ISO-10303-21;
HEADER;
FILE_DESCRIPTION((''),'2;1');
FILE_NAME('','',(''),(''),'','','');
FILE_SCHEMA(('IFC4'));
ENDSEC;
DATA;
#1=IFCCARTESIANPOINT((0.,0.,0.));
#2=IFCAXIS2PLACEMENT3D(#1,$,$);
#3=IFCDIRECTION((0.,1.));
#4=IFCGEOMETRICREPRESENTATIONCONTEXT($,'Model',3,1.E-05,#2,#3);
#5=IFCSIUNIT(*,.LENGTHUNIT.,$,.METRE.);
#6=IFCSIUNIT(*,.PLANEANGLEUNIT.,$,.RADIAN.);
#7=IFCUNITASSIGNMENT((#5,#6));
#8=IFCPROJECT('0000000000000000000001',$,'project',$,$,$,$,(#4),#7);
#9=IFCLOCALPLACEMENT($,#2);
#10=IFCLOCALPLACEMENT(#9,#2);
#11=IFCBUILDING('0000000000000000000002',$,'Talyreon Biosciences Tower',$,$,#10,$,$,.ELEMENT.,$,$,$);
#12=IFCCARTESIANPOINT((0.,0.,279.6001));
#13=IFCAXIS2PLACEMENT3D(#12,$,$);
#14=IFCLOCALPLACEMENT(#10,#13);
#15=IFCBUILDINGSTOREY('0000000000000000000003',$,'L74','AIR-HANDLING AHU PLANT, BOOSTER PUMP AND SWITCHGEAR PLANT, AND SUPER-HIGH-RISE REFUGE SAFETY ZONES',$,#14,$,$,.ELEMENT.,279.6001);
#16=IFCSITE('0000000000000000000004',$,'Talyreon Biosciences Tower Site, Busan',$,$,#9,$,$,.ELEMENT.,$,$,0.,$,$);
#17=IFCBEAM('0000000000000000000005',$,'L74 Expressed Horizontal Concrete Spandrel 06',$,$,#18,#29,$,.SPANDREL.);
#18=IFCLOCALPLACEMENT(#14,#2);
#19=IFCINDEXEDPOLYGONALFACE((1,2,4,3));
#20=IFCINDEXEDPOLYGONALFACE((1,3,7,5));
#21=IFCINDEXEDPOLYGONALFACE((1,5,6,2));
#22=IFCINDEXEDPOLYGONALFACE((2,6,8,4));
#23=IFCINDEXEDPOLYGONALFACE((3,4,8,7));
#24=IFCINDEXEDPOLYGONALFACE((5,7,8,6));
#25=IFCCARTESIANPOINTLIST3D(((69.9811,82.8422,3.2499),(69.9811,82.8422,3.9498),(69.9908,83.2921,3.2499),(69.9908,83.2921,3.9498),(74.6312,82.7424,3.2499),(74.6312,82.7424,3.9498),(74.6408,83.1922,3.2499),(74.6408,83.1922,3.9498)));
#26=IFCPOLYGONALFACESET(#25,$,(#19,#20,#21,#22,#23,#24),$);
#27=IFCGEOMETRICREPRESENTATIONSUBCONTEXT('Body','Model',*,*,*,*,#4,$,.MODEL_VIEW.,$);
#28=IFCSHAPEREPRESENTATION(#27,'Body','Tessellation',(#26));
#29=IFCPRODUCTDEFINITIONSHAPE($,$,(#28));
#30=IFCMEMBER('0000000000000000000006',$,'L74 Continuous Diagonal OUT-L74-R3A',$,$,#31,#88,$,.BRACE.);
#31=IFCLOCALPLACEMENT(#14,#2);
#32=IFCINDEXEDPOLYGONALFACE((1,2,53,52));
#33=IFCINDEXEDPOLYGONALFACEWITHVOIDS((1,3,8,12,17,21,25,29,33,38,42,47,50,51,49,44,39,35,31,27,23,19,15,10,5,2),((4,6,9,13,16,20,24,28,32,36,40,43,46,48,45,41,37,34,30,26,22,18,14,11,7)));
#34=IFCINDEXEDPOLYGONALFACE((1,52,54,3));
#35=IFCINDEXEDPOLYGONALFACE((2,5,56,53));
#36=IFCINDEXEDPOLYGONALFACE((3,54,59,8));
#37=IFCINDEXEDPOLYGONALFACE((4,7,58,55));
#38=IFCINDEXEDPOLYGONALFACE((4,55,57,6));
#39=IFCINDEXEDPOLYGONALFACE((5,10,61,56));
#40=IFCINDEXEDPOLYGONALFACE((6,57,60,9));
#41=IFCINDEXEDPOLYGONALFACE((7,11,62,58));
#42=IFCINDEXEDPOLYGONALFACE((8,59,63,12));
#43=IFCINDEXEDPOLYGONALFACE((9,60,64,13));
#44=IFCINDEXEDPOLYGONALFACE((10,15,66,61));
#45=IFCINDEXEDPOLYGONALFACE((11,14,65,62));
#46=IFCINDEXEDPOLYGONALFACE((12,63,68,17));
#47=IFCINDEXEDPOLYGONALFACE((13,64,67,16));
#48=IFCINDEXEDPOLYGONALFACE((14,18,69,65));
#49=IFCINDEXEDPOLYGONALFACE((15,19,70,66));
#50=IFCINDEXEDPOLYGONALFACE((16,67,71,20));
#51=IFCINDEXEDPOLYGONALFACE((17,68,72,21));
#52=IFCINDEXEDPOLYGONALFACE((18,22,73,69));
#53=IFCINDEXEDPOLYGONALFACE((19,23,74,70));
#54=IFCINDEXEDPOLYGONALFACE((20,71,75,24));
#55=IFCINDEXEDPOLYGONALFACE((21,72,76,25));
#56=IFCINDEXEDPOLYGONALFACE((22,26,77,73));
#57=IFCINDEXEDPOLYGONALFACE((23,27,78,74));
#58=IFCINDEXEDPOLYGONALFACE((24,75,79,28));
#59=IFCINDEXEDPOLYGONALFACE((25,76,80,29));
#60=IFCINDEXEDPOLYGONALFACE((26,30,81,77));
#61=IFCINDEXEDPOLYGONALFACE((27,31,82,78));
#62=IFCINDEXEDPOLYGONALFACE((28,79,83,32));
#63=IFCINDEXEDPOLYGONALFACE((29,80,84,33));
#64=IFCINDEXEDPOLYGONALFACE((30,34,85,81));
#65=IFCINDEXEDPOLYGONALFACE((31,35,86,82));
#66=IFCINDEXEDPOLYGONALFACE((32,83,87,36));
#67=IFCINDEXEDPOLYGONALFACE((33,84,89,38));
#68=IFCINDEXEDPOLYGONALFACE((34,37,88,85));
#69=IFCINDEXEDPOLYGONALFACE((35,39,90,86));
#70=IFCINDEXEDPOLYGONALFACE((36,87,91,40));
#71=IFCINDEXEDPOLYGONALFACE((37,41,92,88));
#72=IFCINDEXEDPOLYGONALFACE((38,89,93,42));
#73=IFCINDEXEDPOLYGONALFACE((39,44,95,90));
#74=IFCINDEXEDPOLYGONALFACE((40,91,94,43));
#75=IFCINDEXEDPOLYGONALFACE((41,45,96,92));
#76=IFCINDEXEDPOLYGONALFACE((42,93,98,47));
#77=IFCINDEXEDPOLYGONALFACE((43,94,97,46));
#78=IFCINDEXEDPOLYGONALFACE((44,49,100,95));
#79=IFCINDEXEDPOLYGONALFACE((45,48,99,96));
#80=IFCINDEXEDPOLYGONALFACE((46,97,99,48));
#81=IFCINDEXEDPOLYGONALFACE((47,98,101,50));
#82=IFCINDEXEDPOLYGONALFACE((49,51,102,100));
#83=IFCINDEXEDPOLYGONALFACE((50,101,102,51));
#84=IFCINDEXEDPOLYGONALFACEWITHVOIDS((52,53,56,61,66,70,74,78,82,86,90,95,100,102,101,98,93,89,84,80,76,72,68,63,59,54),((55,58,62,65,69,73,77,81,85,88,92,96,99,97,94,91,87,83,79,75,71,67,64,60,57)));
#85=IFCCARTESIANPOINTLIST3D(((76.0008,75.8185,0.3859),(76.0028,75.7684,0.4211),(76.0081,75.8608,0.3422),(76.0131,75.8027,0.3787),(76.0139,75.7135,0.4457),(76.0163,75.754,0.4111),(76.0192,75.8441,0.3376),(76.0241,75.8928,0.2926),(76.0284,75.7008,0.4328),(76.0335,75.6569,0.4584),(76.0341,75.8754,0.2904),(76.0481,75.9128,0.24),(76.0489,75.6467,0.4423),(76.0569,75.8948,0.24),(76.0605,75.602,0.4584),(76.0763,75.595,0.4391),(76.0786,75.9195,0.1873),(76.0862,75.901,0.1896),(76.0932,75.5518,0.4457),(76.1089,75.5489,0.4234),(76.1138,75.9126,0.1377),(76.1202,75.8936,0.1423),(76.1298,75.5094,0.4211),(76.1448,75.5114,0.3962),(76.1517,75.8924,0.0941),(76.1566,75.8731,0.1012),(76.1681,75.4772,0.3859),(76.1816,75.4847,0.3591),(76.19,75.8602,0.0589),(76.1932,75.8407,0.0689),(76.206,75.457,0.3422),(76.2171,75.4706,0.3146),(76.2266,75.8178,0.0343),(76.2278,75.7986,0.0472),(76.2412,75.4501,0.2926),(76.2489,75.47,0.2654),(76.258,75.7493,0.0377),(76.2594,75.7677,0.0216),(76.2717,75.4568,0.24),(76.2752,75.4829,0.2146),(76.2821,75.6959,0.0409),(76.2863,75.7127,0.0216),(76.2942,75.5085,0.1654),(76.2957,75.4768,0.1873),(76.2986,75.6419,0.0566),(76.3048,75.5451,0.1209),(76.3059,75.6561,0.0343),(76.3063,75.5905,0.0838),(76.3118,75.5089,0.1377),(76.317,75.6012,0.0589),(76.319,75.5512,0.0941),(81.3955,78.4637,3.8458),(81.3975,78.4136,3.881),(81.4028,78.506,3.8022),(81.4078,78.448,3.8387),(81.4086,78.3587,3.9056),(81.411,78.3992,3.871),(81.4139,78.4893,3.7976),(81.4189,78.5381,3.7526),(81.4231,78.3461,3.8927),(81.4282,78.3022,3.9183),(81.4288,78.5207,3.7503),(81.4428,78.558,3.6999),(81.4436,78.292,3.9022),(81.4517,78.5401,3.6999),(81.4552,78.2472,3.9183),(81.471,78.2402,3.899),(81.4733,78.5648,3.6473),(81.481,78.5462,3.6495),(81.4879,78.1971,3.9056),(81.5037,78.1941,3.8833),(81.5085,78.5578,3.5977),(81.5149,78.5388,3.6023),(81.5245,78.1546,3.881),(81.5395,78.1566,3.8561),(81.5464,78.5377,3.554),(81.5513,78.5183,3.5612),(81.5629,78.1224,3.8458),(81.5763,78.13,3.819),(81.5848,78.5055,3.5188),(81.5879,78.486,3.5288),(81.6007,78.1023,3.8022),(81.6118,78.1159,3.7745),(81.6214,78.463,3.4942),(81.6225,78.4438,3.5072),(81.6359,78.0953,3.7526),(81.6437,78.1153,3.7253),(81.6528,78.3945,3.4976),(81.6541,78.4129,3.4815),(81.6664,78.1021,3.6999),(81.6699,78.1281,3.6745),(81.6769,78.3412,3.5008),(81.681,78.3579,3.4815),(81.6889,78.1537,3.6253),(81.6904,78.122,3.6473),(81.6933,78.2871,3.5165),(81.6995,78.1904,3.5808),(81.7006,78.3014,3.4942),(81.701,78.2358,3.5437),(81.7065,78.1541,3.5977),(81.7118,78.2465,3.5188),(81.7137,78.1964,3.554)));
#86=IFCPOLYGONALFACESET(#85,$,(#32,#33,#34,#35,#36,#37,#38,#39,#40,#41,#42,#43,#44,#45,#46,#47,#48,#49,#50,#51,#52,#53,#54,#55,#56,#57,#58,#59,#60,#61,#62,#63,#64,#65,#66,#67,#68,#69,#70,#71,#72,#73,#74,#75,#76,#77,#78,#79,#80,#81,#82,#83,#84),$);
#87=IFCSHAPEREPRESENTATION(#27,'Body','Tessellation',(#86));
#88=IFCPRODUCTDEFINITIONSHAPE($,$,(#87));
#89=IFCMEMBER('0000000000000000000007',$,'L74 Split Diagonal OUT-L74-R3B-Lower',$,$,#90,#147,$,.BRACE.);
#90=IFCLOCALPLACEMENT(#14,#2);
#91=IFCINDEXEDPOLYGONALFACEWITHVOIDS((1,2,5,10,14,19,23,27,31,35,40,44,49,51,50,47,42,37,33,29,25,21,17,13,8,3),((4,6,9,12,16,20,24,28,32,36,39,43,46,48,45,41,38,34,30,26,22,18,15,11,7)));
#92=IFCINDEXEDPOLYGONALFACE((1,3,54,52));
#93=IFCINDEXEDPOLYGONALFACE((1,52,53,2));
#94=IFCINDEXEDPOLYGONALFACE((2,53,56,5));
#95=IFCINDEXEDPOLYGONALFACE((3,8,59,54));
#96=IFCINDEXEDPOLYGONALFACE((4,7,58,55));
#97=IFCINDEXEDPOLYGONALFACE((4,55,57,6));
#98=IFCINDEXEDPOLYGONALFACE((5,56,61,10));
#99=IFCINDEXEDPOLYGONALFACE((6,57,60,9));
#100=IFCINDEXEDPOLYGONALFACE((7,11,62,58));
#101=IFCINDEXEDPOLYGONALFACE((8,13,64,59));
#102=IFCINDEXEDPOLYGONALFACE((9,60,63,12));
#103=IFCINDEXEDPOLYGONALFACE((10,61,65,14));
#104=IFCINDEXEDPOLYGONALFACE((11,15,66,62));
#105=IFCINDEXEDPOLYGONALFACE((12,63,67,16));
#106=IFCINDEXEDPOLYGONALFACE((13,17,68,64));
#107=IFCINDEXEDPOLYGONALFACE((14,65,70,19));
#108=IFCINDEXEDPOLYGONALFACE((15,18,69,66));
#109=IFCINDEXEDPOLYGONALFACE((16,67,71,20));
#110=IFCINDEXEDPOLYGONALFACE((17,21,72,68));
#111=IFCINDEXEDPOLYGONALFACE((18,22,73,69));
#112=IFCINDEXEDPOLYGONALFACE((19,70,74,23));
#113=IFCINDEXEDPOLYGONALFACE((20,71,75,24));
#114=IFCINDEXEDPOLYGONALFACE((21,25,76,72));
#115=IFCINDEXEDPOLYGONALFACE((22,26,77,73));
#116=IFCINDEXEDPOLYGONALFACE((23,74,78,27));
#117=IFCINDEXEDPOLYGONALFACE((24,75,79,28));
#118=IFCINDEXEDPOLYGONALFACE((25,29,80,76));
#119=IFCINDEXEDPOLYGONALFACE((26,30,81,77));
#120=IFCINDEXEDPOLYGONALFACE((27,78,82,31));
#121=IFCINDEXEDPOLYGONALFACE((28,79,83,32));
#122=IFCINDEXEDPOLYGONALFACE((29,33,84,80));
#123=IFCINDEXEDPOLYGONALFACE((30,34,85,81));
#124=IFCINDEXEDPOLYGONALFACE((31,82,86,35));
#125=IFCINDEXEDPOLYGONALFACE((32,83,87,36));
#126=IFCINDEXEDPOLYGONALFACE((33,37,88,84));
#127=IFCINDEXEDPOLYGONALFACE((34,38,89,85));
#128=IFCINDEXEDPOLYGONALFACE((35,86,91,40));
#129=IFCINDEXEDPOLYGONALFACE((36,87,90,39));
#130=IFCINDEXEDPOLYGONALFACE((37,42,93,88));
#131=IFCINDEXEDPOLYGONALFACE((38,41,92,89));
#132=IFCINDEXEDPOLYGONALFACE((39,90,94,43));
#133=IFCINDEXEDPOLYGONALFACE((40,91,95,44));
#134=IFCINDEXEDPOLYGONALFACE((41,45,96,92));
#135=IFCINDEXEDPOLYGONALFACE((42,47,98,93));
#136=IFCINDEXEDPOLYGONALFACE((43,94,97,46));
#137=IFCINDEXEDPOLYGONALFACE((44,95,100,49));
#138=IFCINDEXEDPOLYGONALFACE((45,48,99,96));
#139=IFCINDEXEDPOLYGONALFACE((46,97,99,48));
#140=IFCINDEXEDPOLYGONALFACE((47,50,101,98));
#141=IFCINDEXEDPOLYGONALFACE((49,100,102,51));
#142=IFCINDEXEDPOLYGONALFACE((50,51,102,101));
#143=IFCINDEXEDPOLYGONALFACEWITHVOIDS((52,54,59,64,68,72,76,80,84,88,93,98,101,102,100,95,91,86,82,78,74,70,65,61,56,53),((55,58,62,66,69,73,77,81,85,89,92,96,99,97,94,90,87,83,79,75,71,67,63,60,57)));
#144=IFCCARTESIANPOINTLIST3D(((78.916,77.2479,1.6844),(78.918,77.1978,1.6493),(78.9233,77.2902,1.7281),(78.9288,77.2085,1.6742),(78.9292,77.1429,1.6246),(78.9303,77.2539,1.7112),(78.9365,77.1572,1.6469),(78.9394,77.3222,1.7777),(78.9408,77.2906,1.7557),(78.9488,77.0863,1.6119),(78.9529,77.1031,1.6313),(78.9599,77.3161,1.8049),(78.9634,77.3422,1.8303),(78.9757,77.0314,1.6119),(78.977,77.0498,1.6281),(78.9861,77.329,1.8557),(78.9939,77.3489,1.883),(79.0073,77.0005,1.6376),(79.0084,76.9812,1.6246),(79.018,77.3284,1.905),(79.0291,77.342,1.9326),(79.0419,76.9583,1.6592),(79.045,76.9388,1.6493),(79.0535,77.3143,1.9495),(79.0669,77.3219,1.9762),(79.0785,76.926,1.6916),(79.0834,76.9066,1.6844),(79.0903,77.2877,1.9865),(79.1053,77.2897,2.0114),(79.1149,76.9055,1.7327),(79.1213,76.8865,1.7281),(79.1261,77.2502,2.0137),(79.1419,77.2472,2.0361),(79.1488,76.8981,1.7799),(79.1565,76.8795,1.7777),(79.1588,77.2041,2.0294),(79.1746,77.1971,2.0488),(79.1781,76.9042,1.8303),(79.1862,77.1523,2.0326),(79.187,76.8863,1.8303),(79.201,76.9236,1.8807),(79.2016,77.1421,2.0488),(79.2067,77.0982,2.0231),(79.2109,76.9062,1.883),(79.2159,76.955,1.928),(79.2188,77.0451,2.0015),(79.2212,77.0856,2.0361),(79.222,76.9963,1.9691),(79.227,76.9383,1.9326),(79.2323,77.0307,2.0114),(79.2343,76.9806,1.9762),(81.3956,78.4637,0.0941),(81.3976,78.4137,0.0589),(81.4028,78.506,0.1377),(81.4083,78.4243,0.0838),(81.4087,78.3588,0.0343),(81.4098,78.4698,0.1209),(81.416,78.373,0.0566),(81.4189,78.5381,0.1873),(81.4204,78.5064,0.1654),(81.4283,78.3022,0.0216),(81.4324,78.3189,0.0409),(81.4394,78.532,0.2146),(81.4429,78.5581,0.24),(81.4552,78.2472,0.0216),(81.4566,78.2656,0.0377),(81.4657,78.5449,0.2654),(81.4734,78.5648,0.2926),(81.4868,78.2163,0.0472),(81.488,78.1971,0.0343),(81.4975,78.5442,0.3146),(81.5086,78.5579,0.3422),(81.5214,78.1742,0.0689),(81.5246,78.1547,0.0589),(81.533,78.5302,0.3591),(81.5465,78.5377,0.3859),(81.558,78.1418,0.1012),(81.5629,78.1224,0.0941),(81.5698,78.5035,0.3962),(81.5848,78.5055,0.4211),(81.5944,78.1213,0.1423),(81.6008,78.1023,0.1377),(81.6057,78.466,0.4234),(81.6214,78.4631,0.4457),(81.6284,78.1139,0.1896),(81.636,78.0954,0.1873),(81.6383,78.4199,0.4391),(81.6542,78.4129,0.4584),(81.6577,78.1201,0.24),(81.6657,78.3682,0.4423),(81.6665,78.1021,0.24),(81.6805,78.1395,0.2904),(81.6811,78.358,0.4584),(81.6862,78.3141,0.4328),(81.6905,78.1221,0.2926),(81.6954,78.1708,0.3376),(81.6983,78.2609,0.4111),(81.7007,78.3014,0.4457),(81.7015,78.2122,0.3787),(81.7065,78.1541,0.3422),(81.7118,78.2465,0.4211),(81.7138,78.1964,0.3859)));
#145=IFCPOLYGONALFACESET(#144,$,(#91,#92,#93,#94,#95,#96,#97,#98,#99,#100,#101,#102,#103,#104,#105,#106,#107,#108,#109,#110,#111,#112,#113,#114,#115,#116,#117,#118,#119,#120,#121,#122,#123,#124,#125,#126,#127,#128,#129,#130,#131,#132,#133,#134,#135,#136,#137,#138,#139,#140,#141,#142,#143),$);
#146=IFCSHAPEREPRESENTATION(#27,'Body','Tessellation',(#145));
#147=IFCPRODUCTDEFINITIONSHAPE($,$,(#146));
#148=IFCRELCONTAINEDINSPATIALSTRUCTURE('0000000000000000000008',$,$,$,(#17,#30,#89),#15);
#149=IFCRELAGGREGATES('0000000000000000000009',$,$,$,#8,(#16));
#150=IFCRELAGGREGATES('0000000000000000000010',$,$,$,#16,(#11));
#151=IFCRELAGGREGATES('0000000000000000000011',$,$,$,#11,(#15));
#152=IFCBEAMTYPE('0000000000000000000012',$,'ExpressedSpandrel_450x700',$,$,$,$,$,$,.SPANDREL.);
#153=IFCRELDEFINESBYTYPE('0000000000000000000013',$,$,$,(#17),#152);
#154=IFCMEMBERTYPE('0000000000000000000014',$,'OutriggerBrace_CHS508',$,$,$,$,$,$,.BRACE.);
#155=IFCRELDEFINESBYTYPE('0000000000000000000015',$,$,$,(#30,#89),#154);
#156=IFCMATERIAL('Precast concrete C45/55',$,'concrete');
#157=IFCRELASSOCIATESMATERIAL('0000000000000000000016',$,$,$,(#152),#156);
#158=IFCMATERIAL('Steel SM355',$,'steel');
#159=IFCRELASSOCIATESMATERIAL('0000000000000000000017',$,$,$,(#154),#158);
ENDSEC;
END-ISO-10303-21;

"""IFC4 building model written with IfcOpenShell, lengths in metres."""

from ifc_helpers import new_model, si_unit, direction, frame, origin, origin_2d, place, context, subcontext, project, spatial, rectangle, hollow_circle, extrude, material, material_profile, profile_set, type_object, element, save


model = new_model("IFC4")

# Units and contexts
model_context = context("Model", 3, precision=1e-05, world=origin(), true_north=direction((0.0, 1.0)))
body_context = subcontext(model_context, "Body", "Model", "MODEL_VIEW")
ifc_project = project(units=[si_unit("LENGTHUNIT", "METRE"), si_unit("PLANEANGLEUNIT", "RADIAN")], contexts=[model_context])

# Site, building, storey
site_placement = place(None, origin())
site = spatial("IfcSite", under=ifc_project, at=site_placement, Name="Talyreon Biosciences Tower Site, Busan", CompositionType="ELEMENT", RefElevation=0.0)
building_placement = place(site_placement, origin())
building = spatial("IfcBuilding", under=site, at=building_placement, Name="Talyreon Biosciences Tower", CompositionType="ELEMENT")
storey_placement = place(building_placement, frame((0.0, 0.0, 279.6001)))
storey = spatial("IfcBuildingStorey", under=building, at=storey_placement, Name="L74", Description="AIR-HANDLING AHU PLANT, BOOSTER PUMP AND SWITCHGEAR PLANT, AND SUPER-HIGH-RISE REFUGE SAFETY ZONES", CompositionType="ELEMENT", Elevation=279.6001)

# Shared definitions
ifc_material_1 = material(Name="Steel SM355", Category="steel")

# Beam
ifc_material_2 = material(Name="Precast concrete C45/55", Category="concrete")
ifc_material_profile_1 = material_profile(ifc_material_2, rectangle(XDim=0.45, YDim=0.7, at=origin_2d()), Name="RCB 450x700")
ifc_profile_set_1 = profile_set([ifc_material_profile_1], Name="Precast concrete C45/55")
beam_type_1 = type_object("IfcBeamType", Name="ExpressedSpandrel_450x700", PredefinedType="SPANDREL", material=ifc_profile_set_1)
beam_1_placement = place(storey_placement, frame((74.636, 82.9673, 3.5999), z_axis=(-0.99977, 0.021468, 0.0), x_axis=(-0.021468, -0.99977, 0.0)))
element("IfcBeam", 1, at=beam_1_placement, inside=storey, type_object=beam_type_1, Name="L74 Expressed Horizontal Concrete Spandrel 06", PredefinedType="SPANDREL", context=body_context, shape_type="SweptSolid", body=[
    extrude(rectangle(XDim=0.45, YDim=0.7, at=origin_2d()), origin(), (0.0, 0.0, 1.0), 4.6511),
])

# Members
ifc_material_profile_2 = material_profile(ifc_material_1, hollow_circle(Radius=0.2539, WallThickness=0.02, at=origin_2d()), Name="CHS 508x20")
ifc_profile_set_2 = profile_set([ifc_material_profile_2], Name="Steel SM355")
member_type_1 = type_object("IfcMemberType", Name="OutriggerBrace_CHS508", PredefinedType="BRACE", material=ifc_profile_set_2)
member_1_placement = place(storey_placement, frame((76.1599, 75.6848, 0.24), z_axis=(0.778083, 0.381523, 0.499026), x_axis=(-0.44026, 0.89787, 0.0)))
element("IfcMember", 2, at=member_1_placement, inside=storey, type_object=member_type_1, Name="L74 Continuous Diagonal OUT-L74-R3A", PredefinedType="BRACE", context=body_context, shape_type="SweptSolid", body=[
    extrude(hollow_circle(Radius=0.2539, WallThickness=0.02, at=origin_2d()), origin(), (0.0, 0.0, 1.0), 6.9333),
])
for number, where, z_axis, x_axis, name in (
    (3, (81.5547, 78.3301, 0.24), (-0.778068, -0.381526, 0.499048), (0.440269, -0.897866, 0.0), "L74 Split Diagonal OUT-L74-R3B-Lower"),
):
    element("IfcMember", number, at=place(storey_placement, frame(where, z_axis=z_axis, x_axis=x_axis)), inside=storey, type_object=member_type_1, Name=name, PredefinedType="BRACE", context=body_context, shape_type="SweptSolid", body=[
        extrude(hollow_circle(Radius=0.2539, WallThickness=0.02, at=origin_2d()), origin(), (0.0, 0.0, 1.0), 3.1868),
    ])

save(model, "model.ifc")
